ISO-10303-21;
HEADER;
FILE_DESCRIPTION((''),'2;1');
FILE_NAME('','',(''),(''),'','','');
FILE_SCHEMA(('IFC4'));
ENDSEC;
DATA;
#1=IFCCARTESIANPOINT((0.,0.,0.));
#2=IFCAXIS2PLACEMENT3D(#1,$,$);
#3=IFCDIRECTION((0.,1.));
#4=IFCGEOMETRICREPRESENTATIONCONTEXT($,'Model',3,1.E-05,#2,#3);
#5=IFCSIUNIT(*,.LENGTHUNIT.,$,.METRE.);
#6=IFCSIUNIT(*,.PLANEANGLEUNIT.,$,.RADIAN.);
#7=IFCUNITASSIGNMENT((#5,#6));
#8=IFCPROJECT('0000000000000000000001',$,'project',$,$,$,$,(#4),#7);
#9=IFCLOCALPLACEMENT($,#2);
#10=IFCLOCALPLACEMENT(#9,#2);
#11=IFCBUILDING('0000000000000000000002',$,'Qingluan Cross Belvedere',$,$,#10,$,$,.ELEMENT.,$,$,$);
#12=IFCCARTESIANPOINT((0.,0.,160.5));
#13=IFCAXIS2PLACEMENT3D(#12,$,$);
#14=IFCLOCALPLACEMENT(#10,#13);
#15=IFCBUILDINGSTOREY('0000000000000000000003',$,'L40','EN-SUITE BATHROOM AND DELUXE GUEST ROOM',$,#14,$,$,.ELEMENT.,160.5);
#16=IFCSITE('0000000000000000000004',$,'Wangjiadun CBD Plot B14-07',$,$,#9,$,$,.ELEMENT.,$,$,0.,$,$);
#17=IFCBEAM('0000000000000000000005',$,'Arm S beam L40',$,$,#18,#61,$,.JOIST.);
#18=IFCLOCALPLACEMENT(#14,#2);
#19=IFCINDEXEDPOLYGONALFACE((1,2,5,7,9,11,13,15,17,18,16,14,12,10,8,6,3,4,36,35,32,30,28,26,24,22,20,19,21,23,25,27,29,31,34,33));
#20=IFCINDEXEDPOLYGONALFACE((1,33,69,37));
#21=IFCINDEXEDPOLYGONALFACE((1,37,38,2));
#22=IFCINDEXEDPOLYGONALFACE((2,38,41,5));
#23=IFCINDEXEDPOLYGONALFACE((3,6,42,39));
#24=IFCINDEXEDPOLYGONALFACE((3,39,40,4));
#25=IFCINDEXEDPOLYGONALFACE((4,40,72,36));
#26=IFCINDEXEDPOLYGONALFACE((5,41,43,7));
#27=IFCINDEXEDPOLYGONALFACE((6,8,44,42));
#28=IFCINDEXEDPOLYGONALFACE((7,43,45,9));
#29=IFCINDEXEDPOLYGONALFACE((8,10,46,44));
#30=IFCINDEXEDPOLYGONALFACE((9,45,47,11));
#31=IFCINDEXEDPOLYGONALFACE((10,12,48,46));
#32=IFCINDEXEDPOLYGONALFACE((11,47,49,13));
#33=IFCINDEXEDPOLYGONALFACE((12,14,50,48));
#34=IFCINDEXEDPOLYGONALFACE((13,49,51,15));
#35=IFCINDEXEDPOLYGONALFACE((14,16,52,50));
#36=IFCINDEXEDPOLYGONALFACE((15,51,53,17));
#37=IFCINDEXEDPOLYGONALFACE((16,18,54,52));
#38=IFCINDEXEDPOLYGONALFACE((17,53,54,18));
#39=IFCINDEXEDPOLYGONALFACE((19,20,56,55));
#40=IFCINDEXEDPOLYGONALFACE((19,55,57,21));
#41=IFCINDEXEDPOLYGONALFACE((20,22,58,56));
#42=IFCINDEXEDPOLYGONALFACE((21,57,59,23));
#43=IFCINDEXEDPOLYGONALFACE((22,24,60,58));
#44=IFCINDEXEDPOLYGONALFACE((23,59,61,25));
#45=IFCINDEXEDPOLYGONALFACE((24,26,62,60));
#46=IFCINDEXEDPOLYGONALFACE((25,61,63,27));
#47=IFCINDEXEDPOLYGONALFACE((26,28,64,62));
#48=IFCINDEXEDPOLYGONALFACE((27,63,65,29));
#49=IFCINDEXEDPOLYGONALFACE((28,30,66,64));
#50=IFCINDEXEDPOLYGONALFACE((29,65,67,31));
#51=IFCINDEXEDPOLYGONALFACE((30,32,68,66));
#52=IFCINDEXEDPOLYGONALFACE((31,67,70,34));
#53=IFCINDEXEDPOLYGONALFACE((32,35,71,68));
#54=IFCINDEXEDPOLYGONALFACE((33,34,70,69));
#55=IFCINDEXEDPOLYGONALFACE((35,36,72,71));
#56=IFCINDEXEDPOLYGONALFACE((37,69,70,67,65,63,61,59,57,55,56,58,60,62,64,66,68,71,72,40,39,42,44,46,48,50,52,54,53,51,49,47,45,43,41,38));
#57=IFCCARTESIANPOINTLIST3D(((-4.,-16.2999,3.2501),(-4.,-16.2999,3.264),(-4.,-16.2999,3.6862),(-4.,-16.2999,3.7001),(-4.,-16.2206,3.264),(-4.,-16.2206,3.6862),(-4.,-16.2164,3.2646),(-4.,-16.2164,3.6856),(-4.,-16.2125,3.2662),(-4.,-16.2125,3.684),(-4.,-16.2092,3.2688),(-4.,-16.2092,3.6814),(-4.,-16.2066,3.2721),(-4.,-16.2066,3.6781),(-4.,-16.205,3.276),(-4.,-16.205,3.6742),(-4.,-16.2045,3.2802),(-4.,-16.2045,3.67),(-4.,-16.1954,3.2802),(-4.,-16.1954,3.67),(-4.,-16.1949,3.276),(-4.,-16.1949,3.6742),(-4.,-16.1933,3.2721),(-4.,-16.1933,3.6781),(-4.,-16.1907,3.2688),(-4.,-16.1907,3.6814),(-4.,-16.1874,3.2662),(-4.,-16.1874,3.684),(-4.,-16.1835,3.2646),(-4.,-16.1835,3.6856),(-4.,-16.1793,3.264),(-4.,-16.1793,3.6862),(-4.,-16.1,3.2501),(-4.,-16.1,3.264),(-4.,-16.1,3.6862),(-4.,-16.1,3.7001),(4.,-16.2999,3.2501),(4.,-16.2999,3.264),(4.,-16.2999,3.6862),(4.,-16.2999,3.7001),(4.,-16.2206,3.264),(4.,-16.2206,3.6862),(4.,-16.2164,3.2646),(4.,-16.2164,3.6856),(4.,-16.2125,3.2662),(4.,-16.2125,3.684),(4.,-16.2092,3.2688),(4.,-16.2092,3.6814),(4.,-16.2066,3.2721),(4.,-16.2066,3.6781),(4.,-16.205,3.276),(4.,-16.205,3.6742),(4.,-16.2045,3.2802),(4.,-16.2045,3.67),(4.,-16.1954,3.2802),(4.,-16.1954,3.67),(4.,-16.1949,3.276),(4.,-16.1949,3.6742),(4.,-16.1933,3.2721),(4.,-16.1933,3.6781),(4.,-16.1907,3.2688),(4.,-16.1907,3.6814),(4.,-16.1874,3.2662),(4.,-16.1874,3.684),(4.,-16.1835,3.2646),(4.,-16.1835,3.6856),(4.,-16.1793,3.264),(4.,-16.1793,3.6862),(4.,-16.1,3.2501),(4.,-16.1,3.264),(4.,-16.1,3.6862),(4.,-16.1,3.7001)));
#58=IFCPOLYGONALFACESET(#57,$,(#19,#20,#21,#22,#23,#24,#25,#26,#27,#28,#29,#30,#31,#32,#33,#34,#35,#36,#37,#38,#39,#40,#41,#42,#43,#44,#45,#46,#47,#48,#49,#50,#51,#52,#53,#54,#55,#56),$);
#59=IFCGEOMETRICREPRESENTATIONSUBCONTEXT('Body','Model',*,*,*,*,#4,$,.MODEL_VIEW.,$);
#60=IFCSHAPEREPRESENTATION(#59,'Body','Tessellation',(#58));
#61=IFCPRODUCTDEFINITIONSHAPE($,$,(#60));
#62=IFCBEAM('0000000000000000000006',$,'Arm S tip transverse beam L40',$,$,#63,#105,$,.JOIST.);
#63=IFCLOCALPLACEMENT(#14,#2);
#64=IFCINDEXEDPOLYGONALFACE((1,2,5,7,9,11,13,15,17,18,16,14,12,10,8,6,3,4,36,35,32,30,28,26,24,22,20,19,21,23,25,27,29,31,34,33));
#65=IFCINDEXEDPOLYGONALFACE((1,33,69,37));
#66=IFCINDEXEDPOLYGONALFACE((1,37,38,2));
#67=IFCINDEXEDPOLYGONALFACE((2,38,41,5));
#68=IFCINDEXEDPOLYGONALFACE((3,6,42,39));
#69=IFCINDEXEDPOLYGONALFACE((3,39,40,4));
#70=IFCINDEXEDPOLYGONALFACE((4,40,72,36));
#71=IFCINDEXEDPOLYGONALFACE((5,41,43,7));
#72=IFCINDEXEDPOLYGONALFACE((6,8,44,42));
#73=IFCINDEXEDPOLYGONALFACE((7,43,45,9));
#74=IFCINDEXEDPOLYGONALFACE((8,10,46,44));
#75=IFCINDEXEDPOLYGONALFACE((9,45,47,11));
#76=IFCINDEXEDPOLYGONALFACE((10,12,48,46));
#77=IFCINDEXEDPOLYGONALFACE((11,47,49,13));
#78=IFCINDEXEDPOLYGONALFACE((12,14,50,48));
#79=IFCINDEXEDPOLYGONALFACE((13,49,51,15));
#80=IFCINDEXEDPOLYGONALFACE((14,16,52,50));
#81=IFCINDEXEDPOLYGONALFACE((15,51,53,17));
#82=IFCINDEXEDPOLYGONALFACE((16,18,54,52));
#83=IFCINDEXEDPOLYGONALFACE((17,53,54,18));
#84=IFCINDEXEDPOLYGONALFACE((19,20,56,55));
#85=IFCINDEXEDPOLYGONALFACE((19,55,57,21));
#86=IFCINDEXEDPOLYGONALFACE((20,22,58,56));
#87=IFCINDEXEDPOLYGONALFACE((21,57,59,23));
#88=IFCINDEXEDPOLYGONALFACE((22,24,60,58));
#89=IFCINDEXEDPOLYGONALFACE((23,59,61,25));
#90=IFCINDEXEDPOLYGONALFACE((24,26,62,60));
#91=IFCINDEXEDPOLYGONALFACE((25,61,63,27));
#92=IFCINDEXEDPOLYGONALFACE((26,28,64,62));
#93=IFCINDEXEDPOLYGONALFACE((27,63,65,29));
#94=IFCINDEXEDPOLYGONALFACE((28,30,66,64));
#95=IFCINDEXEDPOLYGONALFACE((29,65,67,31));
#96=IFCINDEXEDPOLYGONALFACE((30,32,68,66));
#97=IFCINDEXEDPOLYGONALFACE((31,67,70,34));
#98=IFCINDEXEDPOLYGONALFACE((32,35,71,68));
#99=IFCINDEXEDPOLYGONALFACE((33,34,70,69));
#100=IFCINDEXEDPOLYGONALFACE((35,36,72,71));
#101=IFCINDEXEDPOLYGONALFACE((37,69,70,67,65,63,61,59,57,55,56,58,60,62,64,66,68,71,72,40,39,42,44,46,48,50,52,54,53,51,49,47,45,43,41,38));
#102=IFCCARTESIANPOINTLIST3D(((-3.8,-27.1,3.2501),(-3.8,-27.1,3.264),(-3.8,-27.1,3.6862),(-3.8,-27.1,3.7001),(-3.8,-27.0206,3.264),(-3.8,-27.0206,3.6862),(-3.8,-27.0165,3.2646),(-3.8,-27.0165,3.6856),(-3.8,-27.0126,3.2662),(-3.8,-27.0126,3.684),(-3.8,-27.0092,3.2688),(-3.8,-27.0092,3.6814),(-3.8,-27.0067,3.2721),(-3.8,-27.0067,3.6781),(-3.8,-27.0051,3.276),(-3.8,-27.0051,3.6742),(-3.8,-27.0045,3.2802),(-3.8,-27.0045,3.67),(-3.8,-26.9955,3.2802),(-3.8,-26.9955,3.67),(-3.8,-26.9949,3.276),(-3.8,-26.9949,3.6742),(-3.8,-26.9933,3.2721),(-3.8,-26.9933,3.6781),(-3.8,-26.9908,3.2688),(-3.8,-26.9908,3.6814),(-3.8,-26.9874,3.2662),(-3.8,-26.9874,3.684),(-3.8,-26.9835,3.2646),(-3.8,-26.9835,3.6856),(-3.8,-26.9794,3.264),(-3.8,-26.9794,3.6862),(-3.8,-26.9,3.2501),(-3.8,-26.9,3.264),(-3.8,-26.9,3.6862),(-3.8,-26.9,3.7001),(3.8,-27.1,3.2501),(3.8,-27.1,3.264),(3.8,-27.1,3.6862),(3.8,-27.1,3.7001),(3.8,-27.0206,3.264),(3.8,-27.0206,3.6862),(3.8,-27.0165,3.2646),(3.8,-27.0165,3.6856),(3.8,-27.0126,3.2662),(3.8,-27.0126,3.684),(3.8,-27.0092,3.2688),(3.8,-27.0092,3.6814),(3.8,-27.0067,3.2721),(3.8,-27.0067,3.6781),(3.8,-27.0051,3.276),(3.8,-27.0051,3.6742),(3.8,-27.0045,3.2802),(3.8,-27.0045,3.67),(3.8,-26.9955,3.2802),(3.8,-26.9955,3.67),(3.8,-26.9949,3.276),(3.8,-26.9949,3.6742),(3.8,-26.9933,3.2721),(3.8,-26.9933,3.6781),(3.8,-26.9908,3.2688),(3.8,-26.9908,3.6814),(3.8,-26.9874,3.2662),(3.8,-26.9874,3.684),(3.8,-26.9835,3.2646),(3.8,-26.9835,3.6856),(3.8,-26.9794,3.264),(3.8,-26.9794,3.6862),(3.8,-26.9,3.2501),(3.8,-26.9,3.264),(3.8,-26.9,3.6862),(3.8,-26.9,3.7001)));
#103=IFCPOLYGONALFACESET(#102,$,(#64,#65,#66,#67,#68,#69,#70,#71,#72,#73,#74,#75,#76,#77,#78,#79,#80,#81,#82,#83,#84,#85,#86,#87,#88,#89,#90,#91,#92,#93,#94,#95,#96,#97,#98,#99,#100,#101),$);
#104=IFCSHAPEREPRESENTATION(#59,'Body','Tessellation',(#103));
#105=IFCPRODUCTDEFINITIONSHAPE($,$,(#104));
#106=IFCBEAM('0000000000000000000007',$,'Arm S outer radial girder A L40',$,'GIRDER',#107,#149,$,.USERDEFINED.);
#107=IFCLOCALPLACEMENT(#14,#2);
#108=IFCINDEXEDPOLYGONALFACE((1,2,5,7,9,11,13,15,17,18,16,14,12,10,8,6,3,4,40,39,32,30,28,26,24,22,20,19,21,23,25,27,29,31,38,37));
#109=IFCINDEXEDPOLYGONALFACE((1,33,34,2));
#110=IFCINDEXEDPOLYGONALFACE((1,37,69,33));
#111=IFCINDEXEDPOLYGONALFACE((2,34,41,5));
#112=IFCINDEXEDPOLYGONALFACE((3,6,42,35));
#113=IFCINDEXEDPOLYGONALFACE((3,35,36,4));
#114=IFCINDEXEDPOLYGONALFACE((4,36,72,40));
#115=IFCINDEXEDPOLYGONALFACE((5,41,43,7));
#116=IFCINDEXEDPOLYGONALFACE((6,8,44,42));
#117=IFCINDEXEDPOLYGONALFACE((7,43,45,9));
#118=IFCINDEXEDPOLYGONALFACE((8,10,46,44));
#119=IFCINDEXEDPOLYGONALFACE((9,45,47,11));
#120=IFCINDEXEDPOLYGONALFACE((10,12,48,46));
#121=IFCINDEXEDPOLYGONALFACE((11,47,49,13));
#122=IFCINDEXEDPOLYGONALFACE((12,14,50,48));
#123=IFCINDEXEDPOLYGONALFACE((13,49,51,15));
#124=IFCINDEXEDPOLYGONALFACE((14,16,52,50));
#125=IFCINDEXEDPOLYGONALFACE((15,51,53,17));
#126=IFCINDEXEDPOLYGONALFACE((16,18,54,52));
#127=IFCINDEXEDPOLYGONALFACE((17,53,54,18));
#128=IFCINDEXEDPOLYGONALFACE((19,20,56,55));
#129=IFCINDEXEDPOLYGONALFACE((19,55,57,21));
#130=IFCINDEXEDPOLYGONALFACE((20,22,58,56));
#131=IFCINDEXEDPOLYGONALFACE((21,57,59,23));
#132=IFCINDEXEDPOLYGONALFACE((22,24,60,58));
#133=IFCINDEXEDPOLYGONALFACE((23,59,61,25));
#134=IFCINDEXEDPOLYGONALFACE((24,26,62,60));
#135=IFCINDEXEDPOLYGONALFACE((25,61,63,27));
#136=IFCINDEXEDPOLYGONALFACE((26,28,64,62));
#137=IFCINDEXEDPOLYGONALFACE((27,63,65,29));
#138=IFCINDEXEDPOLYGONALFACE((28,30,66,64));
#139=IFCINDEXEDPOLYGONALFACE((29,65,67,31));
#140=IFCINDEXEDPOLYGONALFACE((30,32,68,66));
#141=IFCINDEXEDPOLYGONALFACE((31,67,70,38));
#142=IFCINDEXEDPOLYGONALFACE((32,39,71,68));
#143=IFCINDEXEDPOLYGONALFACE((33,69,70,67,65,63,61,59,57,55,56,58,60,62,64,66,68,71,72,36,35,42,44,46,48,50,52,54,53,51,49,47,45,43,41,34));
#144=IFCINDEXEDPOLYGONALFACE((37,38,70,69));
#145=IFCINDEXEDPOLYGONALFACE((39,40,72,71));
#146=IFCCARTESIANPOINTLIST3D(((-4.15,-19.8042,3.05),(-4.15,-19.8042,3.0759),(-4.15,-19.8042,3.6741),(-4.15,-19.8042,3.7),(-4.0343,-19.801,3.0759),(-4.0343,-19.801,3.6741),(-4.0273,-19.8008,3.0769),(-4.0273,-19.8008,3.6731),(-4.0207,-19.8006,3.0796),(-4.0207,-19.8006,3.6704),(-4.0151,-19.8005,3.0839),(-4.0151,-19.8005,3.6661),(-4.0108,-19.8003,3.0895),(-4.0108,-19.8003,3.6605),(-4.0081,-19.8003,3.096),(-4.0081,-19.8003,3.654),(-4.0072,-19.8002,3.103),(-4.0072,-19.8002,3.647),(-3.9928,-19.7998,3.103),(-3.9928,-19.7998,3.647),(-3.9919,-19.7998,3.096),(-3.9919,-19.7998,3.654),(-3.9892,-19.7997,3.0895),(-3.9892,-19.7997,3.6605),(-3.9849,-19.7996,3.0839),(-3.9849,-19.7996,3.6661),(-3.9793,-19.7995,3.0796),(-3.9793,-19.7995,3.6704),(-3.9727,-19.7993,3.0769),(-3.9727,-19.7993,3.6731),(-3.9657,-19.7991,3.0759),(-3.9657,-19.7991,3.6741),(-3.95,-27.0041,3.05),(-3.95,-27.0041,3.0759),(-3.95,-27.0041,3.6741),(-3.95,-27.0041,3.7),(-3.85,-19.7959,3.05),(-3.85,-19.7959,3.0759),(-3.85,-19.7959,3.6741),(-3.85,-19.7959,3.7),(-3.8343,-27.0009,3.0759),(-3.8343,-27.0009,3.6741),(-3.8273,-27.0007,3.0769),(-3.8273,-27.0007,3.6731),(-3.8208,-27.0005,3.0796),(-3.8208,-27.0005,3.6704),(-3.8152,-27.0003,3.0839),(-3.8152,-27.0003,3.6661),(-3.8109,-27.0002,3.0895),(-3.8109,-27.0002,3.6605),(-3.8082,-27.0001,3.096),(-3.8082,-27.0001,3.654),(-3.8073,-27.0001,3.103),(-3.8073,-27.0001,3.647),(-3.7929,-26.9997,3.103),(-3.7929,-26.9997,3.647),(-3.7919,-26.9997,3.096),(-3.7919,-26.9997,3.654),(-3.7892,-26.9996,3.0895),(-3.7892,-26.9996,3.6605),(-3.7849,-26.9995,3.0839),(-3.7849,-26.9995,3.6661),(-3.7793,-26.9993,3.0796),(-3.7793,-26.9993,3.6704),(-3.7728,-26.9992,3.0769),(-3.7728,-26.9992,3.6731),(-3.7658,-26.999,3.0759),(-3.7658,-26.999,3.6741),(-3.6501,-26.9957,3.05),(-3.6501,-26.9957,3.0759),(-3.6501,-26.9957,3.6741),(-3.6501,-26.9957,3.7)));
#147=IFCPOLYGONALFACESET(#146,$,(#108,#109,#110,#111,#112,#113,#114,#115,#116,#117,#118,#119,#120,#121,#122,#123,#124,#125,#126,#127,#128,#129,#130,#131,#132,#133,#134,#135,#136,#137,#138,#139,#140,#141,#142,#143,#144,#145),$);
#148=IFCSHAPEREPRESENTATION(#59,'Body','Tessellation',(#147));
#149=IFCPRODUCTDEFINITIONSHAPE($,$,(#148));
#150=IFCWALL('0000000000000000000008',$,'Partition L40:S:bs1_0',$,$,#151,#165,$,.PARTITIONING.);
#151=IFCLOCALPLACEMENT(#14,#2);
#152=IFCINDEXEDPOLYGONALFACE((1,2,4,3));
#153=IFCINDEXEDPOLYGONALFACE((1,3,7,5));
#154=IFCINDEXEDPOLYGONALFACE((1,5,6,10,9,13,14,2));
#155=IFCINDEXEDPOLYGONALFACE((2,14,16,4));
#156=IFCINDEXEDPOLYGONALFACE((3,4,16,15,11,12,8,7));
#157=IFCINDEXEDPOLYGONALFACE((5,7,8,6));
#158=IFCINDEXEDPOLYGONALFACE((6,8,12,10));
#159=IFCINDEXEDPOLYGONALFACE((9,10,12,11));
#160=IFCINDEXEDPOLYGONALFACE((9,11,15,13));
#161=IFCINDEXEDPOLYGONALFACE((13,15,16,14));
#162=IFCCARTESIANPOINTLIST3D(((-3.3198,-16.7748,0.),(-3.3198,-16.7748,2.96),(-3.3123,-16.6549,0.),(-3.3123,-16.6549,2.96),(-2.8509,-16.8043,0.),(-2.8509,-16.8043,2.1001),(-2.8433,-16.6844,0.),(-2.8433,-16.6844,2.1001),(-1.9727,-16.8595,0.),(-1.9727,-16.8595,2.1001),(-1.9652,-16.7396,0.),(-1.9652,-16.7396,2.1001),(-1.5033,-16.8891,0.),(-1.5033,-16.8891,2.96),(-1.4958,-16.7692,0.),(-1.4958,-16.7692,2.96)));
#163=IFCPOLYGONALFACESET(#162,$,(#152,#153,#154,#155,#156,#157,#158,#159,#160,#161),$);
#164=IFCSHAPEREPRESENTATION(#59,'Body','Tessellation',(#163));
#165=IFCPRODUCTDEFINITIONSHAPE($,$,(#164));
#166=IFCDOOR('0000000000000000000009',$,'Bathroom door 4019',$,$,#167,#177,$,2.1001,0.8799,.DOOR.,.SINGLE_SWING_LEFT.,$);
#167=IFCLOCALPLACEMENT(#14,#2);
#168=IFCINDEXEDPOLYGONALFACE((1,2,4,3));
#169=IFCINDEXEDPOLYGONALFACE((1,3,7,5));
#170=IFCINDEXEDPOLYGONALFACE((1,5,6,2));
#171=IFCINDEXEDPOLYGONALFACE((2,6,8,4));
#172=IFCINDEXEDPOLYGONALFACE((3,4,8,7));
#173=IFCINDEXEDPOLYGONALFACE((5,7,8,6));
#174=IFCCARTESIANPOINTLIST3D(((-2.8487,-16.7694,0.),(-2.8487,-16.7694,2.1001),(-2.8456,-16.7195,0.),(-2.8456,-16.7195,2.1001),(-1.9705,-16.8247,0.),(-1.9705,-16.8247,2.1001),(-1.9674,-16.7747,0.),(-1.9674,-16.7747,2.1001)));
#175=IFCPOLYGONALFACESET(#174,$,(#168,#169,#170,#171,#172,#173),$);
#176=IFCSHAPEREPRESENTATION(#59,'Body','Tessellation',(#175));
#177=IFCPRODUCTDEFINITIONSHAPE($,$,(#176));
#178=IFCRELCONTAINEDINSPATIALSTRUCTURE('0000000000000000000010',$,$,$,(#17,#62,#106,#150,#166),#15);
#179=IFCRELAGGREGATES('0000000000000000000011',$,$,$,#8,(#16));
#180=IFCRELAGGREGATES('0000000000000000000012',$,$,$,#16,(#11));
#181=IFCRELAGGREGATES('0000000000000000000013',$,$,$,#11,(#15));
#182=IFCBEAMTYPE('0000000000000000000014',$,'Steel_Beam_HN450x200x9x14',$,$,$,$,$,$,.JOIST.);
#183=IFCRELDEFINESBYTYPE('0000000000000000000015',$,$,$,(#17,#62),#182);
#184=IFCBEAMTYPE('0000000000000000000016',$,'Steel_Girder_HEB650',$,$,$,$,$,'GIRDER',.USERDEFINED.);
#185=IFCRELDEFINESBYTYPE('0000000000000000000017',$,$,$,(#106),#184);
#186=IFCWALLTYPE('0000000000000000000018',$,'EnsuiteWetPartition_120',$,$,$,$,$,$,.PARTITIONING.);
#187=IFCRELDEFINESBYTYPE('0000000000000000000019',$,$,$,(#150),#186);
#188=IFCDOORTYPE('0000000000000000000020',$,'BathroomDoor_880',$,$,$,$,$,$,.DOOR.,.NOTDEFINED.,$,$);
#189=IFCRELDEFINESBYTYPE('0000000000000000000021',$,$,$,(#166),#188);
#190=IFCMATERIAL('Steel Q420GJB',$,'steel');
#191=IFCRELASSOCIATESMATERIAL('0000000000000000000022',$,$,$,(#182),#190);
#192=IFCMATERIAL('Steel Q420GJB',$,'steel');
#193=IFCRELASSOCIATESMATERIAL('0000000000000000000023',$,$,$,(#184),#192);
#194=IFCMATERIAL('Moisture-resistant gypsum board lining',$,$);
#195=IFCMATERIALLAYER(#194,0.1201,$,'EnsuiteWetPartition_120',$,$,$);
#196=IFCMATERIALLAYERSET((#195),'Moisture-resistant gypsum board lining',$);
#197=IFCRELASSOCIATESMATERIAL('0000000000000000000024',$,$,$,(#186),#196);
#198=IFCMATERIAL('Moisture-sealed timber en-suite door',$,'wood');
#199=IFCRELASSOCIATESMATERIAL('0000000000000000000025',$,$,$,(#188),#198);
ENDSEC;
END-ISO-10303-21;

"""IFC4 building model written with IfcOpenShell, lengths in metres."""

from ifc_helpers import new_model, si_unit, direction, frame, frame_2d, origin, origin_2d, place, context, subcontext, project, spatial, rectangle, i_section, extrude, material, layer, layer_set, material_profile, profile_set, type_object, element, fill, save


model = new_model("IFC4")

# Units and contexts
model_context = context("Model", 3, precision=1e-05, world=origin(), true_north=direction((0.0, 1.0)))
body_context = subcontext(model_context, "Body", "Model", "MODEL_VIEW")
ifc_project = project(units=[si_unit("LENGTHUNIT", "METRE"), si_unit("PLANEANGLEUNIT", "RADIAN")], contexts=[model_context])

# Site, building, storey
site_placement = place(None, origin())
site = spatial("IfcSite", under=ifc_project, at=site_placement, Name="Wangjiadun CBD Plot B14-07", CompositionType="ELEMENT", RefElevation=0.0)
building_placement = place(site_placement, origin())
building = spatial("IfcBuilding", under=site, at=building_placement, Name="Qingluan Cross Belvedere", CompositionType="ELEMENT")
storey_placement = place(building_placement, frame((0.0, 0.0, 160.5)))
storey = spatial("IfcBuildingStorey", under=building, at=storey_placement, Name="L40", Description="EN-SUITE BATHROOM AND DELUXE GUEST ROOM", CompositionType="ELEMENT", Elevation=160.5)

# Beams
ifc_material_1 = material(Name="Steel Q420GJB", Category="steel")
ifc_material_profile_1 = material_profile(ifc_material_1, i_section(OverallWidth=0.2, OverallDepth=0.45, WebThickness=0.009, FlangeThickness=0.0139, FilletRadius=0.0161, at=origin_2d()), Name="HN450x200x9x14")
ifc_profile_set_1 = profile_set([ifc_material_profile_1], Name="Steel Q420GJB")
beam_type_1 = type_object("IfcBeamType", Name="Steel_Beam_HN450x200x9x14", PredefinedType="JOIST", material=ifc_profile_set_1)
for number, where, z_axis, x_axis, name in (
    (1, (-4.0, -16.2, 3.4751), (1.0, 0.0, 0.0), (0.0, 1.0, 0.0), "Arm S beam L40"),
):
    element("IfcBeam", number, at=place(storey_placement, frame(where, z_axis=z_axis, x_axis=x_axis)), inside=storey, type_object=beam_type_1, Name=name, PredefinedType="JOIST", context=body_context, shape_type="SweptSolid", body=[
        extrude(i_section(OverallWidth=0.2, OverallDepth=0.45, WebThickness=0.009, FlangeThickness=0.0139, FilletRadius=0.0161, at=origin_2d()), origin(), (0.0, 0.0, 1.0), 8.0),
    ])
beam_1_placement = place(storey_placement, frame((-3.8, -27.0, 3.4751), z_axis=(1.0, 0.0, 0.0), x_axis=(0.0, 1.0, 0.0)))
element("IfcBeam", 2, at=beam_1_placement, inside=storey, type_object=beam_type_1, Name="Arm S tip transverse beam L40", PredefinedType="JOIST", context=body_context, shape_type="SweptSolid", body=[
    extrude(i_section(OverallWidth=0.2, OverallDepth=0.45, WebThickness=0.009, FlangeThickness=0.0139, FilletRadius=0.0161, at=origin_2d()), origin(), (0.0, 0.0, 1.0), 7.6001),
])
ifc_material_2 = material(Name="Steel Q420GJB", Category="steel")
ifc_material_profile_2 = material_profile(ifc_material_2, i_section(OverallWidth=0.3, OverallDepth=0.6499, WebThickness=0.0144, FlangeThickness=0.0259, FilletRadius=0.0271, at=origin_2d()), Name="HEB650")
ifc_profile_set_2 = profile_set([ifc_material_profile_2], Name="Steel Q420GJB")
beam_type_2 = type_object("IfcBeamType", Name="Steel_Girder_HEB650", ElementType="GIRDER", PredefinedType="USERDEFINED", material=ifc_profile_set_2)
beam_2_placement = place(storey_placement, frame((-4.0, -19.8, 3.375), z_axis=(0.02776, -0.999615, 0.0), x_axis=(0.999615, 0.02776, 0.0)))
element("IfcBeam", 3, at=beam_2_placement, inside=storey, type_object=beam_type_2, Name="Arm S outer radial girder A L40", ObjectType="GIRDER", PredefinedType="USERDEFINED", context=body_context, shape_type="SweptSolid", body=[
    extrude(i_section(OverallWidth=0.3, OverallDepth=0.6499, WebThickness=0.0144, FlangeThickness=0.0259, FilletRadius=0.0271, at=origin_2d()), origin(), (0.0, 0.0, 1.0), 7.2026),
])

# Wall, opening, door
ifc_material_3 = material(Name="Moisture-resistant gypsum board lining")
ifc_layer_1 = layer(ifc_material_3, 0.1201, Name="EnsuiteWetPartition_120")
ifc_layer_set_1 = layer_set([ifc_layer_1], Name="Moisture-resistant gypsum board lining")
wall_type_1 = type_object("IfcWallType", Name="EnsuiteWetPartition_120", PredefinedType="PARTITIONING", material=ifc_layer_set_1)
wall_1_placement = place(storey_placement, frame((-3.3162, -16.7148, 0.0), z_axis=(0.0, 0.0, 1.0), x_axis=(0.998027, -0.062779, 0.0)))
wall_1 = element("IfcWall", 4, at=wall_1_placement, inside=storey, type_object=wall_type_1, Name="Partition L40:S:bs1_0", PredefinedType="PARTITIONING", context=body_context, shape_type="SweptSolid", body=[
    extrude(rectangle(XDim=1.8201, YDim=0.1201, at=frame_2d((0.9102, 0.0))), origin(), (0.0, 0.0, 1.0), 2.96),
])
opening_1_placement = place(wall_1_placement, frame((0.47, 0.0, 0.0)))
opening_1 = element("IfcOpeningElement", 5, at=opening_1_placement, cuts=wall_1, PredefinedType="OPENING", context=body_context, shape_type="SweptSolid", body=[
    extrude(rectangle(XDim=0.8799, YDim=2.1001, at=frame_2d((0.4399, 1.05))), frame((0.0, 0.0701, 0.0), z_axis=(0.0, -1.0, 0.0), x_axis=(1.0, 0.0, 0.0)), (0.0, 0.0, 1.0), 0.1401),
])
ifc_material_4 = material(Name="Moisture-sealed timber en-suite door", Category="wood")
door_type = type_object("IfcDoorType", Name="BathroomDoor_880", OperationType="NOTDEFINED", PredefinedType="DOOR", material=ifc_material_4)
door_1_placement = place(opening_1_placement, origin())
door_1 = element("IfcDoor", 6, at=door_1_placement, inside=storey, type_object=door_type, Name="Bathroom door 4019", OperationType="SINGLE_SWING_LEFT", OverallHeight=2.1001, OverallWidth=0.8799, PredefinedType="DOOR", context=body_context, shape_type="SweptSolid", body=[
    extrude(rectangle(XDim=0.8799, YDim=2.1001, at=frame_2d((0.4399, 1.05))), frame((0.0, 0.0249, 0.0), z_axis=(0.0, -1.0, 0.0), x_axis=(1.0, 0.0, 0.0)), (0.0, 0.0, 1.0), 0.05),
])
fill(opening_1, door_1)

save(model, "model.ifc")
